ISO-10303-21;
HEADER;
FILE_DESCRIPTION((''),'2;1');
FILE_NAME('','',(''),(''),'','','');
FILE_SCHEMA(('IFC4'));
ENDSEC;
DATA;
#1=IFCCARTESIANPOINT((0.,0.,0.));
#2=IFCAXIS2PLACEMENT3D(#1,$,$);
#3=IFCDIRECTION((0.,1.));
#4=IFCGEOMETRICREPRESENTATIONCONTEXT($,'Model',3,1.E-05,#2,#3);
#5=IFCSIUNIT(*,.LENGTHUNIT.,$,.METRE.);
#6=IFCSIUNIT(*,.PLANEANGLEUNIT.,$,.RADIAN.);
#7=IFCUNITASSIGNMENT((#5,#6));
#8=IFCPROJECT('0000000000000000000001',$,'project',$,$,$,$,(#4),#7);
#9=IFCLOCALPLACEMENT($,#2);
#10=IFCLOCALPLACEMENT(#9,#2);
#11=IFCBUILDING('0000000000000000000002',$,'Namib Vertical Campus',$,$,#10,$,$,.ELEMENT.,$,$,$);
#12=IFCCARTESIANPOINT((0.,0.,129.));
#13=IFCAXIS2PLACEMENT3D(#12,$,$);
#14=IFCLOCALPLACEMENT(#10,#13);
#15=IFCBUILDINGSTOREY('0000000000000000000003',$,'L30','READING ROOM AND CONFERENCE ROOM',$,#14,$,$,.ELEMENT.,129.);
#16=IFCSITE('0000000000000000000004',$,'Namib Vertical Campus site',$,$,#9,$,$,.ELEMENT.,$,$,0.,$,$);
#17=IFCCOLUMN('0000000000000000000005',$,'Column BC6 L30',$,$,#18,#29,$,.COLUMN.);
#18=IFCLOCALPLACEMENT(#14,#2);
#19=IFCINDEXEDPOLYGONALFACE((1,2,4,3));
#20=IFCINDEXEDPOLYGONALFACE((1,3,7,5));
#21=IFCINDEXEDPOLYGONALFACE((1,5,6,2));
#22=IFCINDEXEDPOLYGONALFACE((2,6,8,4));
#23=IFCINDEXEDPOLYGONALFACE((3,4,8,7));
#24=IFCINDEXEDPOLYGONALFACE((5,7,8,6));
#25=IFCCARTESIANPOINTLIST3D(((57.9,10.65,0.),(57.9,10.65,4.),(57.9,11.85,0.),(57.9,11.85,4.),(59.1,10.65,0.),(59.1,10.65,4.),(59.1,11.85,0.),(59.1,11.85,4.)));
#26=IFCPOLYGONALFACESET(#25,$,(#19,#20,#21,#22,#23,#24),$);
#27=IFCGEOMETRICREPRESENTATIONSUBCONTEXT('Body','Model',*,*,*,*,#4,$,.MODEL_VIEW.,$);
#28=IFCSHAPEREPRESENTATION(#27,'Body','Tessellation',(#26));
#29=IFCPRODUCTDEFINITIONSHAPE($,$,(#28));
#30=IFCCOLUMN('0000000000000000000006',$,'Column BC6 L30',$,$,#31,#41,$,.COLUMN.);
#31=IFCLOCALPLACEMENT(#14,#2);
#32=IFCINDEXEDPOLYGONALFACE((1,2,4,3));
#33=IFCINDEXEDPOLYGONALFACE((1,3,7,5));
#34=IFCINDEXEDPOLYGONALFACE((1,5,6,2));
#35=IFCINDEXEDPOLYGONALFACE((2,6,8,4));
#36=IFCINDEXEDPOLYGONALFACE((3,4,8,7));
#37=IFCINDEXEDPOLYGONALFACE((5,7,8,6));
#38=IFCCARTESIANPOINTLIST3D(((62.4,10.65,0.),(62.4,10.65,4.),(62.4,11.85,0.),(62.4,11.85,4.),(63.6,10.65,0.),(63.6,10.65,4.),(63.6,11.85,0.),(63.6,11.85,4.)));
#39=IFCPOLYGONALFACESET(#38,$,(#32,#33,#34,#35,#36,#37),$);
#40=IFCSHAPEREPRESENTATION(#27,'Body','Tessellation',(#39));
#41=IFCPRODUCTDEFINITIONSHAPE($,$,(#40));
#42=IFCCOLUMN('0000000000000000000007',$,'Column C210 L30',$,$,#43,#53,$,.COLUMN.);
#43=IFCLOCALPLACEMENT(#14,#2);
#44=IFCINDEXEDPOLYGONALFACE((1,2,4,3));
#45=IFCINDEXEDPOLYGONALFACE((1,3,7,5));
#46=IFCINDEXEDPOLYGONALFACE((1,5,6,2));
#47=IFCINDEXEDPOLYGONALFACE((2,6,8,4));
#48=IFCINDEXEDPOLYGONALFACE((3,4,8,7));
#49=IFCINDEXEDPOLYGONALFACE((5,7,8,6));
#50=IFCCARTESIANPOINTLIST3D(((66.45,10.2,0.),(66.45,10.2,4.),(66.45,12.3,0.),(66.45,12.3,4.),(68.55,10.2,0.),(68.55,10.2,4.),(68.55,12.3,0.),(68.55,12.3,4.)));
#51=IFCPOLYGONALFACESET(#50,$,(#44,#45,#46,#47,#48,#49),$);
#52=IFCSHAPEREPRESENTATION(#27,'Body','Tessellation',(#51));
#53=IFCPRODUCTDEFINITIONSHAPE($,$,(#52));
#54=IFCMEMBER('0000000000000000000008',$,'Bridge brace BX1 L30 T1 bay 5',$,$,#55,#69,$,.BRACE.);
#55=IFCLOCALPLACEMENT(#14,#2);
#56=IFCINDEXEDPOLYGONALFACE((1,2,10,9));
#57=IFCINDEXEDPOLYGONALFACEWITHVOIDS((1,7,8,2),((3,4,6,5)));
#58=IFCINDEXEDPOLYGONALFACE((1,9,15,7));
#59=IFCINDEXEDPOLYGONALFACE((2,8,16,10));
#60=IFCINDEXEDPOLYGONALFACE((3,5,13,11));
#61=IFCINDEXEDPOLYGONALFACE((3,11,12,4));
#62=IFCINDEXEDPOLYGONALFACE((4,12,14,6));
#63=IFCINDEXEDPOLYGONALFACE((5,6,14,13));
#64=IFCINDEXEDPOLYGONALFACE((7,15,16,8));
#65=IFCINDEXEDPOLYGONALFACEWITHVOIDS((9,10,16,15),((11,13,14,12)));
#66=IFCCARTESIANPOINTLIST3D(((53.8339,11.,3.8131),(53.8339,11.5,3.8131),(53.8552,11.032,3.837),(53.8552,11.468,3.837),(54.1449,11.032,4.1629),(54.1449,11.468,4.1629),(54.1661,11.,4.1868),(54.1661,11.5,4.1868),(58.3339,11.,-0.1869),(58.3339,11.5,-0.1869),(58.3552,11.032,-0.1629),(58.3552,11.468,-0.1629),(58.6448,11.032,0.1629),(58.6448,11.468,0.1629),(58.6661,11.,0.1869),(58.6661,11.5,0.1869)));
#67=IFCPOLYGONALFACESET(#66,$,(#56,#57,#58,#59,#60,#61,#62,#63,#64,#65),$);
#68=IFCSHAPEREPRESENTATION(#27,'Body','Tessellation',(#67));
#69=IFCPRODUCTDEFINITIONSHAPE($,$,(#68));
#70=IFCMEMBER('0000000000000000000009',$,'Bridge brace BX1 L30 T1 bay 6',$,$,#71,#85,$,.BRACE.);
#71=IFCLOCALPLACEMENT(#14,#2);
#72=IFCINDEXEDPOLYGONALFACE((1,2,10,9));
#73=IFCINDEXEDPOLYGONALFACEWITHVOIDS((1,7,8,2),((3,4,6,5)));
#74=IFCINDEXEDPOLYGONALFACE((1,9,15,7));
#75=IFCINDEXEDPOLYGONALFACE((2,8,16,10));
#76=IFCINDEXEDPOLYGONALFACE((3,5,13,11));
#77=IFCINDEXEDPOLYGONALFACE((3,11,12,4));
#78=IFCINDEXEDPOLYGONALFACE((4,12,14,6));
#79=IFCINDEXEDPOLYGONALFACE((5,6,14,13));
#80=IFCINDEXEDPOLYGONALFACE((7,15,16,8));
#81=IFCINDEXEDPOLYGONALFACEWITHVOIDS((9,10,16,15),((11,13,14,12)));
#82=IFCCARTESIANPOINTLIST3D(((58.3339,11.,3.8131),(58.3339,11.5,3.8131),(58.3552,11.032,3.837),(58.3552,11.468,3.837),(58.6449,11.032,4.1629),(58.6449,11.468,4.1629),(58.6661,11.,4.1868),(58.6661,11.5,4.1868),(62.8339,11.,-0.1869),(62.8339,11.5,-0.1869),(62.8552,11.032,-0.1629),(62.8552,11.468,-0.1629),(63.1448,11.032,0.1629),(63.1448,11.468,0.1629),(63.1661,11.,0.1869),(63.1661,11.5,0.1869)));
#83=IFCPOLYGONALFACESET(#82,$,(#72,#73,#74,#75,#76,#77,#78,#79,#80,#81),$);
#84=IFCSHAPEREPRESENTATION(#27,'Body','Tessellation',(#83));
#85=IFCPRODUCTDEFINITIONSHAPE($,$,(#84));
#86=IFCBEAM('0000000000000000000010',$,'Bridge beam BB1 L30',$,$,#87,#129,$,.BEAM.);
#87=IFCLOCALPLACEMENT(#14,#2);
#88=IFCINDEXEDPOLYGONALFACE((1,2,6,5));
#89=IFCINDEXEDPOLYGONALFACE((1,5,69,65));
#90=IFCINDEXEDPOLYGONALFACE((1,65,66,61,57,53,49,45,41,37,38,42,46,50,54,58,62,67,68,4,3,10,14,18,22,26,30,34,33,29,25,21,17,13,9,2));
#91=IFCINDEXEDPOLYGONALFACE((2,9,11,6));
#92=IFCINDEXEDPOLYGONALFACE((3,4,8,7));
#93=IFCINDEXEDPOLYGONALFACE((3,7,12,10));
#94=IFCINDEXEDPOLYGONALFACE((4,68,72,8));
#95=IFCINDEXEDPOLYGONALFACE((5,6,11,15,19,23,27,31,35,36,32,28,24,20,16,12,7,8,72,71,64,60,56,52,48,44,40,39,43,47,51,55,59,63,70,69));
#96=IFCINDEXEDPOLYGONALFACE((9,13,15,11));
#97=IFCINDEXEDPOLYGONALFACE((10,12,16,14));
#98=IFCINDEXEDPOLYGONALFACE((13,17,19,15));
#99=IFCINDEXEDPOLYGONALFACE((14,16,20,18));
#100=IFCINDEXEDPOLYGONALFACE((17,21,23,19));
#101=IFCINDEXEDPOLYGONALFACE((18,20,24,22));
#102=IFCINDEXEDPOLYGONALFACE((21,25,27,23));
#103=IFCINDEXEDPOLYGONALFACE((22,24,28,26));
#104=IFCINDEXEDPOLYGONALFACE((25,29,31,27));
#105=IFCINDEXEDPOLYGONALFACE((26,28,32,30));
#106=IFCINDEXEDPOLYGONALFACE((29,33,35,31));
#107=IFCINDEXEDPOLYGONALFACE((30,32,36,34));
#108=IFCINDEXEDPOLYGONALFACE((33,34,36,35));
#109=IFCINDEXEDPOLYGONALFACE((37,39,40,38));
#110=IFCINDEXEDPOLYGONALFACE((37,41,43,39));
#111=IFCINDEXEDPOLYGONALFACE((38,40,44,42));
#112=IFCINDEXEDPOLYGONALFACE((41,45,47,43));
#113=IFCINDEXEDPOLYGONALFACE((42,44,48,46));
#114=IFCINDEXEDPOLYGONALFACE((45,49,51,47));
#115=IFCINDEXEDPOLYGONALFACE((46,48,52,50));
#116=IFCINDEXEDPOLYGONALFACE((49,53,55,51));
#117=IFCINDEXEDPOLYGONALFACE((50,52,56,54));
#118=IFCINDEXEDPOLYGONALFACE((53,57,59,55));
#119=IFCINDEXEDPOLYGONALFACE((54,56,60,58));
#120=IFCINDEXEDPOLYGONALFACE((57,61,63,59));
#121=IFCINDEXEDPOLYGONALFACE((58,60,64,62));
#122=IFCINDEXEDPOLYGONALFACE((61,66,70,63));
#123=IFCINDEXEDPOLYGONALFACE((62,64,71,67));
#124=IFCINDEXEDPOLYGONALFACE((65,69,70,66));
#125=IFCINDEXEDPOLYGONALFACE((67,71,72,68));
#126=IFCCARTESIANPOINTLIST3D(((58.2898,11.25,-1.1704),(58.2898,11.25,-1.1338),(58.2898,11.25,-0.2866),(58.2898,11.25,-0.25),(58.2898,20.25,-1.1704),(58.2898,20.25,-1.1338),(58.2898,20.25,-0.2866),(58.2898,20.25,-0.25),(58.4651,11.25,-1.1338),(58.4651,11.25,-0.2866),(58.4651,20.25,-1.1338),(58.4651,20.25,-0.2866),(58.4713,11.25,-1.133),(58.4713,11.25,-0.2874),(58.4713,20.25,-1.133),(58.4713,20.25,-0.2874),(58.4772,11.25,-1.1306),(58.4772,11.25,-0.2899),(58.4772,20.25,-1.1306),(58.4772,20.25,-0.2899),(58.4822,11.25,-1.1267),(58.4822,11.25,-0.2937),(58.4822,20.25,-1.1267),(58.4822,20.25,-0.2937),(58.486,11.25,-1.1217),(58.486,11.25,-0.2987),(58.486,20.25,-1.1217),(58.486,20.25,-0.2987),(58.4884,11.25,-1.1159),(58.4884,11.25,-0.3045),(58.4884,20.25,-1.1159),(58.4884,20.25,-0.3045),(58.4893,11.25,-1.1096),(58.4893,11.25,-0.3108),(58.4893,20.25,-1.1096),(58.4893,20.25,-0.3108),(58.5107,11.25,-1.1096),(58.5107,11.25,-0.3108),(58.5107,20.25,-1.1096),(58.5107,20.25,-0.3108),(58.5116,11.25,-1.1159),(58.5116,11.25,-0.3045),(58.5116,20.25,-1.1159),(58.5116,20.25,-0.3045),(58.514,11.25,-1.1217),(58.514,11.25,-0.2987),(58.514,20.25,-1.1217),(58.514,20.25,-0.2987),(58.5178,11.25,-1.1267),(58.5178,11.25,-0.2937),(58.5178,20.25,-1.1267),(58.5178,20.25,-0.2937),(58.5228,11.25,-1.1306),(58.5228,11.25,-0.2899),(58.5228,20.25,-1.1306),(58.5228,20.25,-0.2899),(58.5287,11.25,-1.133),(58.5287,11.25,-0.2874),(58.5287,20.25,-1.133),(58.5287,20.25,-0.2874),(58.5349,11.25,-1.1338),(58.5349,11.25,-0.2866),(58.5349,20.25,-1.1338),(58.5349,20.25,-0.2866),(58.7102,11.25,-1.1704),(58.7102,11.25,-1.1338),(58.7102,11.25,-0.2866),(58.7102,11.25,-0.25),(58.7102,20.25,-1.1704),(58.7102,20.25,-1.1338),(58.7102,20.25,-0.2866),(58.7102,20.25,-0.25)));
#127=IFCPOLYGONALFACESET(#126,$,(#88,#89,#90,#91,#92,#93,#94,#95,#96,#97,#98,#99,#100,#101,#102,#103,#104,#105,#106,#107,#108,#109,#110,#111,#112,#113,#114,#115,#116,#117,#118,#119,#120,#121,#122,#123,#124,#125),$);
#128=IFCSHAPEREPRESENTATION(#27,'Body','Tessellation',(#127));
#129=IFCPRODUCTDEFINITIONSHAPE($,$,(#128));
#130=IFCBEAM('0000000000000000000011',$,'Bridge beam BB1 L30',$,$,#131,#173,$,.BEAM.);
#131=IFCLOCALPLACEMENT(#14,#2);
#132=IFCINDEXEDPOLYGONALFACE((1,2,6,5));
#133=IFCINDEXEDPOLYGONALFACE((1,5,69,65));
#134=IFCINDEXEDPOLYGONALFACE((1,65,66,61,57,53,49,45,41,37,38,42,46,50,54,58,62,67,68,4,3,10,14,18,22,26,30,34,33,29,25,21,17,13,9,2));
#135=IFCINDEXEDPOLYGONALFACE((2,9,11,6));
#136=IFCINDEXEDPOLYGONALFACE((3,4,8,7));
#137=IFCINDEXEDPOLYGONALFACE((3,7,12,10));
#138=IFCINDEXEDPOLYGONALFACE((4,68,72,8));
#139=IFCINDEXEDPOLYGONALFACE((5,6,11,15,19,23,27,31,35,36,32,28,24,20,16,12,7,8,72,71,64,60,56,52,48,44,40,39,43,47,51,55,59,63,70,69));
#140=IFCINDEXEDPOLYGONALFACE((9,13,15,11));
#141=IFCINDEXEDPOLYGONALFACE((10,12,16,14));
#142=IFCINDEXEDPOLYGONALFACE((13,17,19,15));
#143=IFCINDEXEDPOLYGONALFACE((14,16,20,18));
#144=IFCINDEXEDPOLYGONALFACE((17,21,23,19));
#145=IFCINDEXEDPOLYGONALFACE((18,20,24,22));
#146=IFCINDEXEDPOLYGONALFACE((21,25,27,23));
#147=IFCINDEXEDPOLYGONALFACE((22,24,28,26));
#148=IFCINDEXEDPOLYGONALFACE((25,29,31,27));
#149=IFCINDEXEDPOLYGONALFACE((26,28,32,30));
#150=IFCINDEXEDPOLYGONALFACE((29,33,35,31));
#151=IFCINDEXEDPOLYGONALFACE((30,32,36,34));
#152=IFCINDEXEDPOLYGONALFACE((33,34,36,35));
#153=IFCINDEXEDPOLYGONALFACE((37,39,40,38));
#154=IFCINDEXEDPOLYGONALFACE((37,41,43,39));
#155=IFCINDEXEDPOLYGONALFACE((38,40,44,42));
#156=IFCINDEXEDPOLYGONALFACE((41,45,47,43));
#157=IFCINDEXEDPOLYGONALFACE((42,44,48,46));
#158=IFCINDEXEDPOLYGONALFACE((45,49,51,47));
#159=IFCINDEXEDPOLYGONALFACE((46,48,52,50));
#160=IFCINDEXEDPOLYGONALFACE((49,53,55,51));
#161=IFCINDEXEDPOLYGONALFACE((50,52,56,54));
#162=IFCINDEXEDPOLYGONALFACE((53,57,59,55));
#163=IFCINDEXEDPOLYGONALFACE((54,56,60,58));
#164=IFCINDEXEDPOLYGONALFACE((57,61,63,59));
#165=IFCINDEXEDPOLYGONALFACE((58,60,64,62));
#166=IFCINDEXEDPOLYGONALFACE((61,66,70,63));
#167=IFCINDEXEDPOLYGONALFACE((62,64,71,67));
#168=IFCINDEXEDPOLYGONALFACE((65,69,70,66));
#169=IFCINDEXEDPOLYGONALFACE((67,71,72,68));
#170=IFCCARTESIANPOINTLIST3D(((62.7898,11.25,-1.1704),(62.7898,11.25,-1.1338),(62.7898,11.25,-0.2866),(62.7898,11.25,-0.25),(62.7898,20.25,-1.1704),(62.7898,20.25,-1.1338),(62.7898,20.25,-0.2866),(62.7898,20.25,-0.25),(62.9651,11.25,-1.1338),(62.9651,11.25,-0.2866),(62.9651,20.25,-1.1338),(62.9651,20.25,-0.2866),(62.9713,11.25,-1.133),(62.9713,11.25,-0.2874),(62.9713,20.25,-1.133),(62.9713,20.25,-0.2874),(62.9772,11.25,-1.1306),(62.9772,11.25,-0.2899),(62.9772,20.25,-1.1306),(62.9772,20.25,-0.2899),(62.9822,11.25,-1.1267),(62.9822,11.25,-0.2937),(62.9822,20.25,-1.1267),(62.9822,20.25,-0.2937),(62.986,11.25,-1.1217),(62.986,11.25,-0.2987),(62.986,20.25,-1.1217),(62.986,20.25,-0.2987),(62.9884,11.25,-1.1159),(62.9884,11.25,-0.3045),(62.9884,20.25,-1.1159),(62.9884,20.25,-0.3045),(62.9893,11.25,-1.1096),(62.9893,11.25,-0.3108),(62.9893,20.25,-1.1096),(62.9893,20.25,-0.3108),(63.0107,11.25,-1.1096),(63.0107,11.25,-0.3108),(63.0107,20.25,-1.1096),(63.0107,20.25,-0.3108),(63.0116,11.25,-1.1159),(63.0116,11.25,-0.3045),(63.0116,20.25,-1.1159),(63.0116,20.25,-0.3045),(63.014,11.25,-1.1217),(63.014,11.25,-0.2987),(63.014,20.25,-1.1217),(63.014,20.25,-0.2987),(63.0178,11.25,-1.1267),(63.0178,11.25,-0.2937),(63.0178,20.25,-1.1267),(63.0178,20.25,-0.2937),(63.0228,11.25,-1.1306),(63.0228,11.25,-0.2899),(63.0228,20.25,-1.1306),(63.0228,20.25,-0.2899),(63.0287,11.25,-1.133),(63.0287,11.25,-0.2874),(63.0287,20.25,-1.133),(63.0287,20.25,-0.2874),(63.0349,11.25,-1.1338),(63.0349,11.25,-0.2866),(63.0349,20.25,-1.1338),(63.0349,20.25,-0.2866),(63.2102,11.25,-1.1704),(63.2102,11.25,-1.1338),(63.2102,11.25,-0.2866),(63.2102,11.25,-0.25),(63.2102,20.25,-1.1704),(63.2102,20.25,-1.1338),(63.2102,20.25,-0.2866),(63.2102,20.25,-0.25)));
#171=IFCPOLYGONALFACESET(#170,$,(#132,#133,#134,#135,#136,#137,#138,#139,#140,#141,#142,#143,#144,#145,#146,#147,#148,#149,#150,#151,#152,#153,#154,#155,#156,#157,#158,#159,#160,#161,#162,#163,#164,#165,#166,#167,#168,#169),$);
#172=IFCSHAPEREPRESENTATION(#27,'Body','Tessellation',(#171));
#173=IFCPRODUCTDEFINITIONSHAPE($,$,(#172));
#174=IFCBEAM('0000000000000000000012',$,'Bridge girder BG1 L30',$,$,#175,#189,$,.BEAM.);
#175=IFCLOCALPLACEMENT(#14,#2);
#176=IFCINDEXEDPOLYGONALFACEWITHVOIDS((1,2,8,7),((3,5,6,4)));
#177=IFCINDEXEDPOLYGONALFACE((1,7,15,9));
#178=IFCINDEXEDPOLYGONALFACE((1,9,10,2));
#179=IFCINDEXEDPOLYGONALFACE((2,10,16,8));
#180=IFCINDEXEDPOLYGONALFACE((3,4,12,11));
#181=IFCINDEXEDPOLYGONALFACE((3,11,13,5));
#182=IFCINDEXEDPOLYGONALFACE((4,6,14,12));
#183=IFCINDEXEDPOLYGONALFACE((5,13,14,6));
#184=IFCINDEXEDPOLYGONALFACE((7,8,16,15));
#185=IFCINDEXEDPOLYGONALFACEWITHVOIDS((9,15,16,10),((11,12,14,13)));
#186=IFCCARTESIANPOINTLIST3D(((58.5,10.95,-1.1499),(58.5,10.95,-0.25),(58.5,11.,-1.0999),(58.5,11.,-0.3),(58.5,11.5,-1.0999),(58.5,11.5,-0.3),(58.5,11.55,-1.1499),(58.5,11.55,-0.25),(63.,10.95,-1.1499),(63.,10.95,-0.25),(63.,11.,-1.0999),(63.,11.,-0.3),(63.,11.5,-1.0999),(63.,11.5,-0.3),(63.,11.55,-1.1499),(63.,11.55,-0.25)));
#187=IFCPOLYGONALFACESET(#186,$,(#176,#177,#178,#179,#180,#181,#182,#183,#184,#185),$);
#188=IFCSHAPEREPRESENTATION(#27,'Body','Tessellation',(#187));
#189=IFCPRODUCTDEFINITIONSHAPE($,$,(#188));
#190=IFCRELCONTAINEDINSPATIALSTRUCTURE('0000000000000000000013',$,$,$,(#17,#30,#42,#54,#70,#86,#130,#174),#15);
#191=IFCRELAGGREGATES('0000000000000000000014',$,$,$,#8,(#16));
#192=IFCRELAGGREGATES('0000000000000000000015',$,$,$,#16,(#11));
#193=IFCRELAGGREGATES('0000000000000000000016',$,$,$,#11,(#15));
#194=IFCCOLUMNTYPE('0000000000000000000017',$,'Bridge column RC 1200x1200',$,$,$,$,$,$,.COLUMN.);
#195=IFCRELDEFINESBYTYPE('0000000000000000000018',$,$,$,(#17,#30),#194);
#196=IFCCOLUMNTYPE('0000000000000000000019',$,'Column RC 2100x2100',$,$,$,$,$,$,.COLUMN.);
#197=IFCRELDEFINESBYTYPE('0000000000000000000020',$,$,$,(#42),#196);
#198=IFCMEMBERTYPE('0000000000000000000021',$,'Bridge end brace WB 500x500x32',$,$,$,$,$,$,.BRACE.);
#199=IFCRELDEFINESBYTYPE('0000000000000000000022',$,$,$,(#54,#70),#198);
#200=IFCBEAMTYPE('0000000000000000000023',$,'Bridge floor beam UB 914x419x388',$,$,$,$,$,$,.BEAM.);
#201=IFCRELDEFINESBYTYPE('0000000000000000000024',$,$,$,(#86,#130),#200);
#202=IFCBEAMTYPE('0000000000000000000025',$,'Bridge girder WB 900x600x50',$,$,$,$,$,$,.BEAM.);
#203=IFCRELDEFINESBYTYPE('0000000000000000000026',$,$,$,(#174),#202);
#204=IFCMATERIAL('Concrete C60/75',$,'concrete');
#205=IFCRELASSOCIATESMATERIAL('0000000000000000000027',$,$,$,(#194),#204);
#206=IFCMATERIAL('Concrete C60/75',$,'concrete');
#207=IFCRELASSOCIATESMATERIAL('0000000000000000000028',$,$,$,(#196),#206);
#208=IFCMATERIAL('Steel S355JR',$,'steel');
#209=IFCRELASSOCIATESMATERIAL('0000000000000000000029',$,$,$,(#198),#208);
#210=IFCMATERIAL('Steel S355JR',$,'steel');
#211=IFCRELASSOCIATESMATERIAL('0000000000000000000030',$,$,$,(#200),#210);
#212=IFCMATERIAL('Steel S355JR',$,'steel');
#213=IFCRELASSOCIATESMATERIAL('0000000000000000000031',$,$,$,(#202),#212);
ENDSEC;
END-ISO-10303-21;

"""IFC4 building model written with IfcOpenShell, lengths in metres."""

from ifc_helpers import new_model, si_unit, direction, frame, origin, origin_2d, place, context, subcontext, project, spatial, rectangle, hollow_rectangle, i_section, extrude, material, material_profile, profile_set, type_object, element, save


model = new_model("IFC4")

# Units and contexts
model_context = context("Model", 3, precision=1e-05, world=origin(), true_north=direction((0.0, 1.0)))
body_context = subcontext(model_context, "Body", "Model", "MODEL_VIEW")
ifc_project = project(units=[si_unit("LENGTHUNIT", "METRE"), si_unit("PLANEANGLEUNIT", "RADIAN")], contexts=[model_context])

# Site, building, storey
site_placement = place(None, origin())
site = spatial("IfcSite", under=ifc_project, at=site_placement, Name="Namib Vertical Campus site", CompositionType="ELEMENT", RefElevation=0.0)
building_placement = place(site_placement, origin())
building = spatial("IfcBuilding", under=site, at=building_placement, Name="Namib Vertical Campus", CompositionType="ELEMENT")
storey_placement = place(building_placement, frame((0.0, 0.0, 129.0)))
storey = spatial("IfcBuildingStorey", under=building, at=storey_placement, Name="L30", Description="READING ROOM AND CONFERENCE ROOM", CompositionType="ELEMENT", Elevation=129.0)

# Columns
ifc_material_1 = material(Name="Concrete C60/75", Category="concrete")
ifc_material_profile_1 = material_profile(ifc_material_1, rectangle(XDim=1.2, YDim=1.2, at=origin_2d()))
ifc_profile_set_1 = profile_set([ifc_material_profile_1], Name="Concrete C60/75")
column_type_1 = type_object("IfcColumnType", Name="Bridge column RC 1200x1200", PredefinedType="COLUMN", material=ifc_profile_set_1)
for number, where, z_axis, x_axis, name in (
    (1, (58.5, 11.25, 0.0), (0.0, 0.0, 1.0), (1.0, 0.0, 0.0), "Column BC6 L30"),
    (2, (63.0, 11.25, 0.0), (0.0, 0.0, 1.0), (1.0, 0.0, 0.0), "Column BC6 L30"),
):
    element("IfcColumn", number, at=place(storey_placement, frame(where, z_axis=z_axis, x_axis=x_axis)), inside=storey, type_object=column_type_1, Name=name, PredefinedType="COLUMN", context=body_context, shape_type="SweptSolid", body=[
        extrude(rectangle(XDim=1.2, YDim=1.2, at=origin_2d()), origin(), (0.0, 0.0, 1.0), 4.0),
    ])
ifc_material_2 = material(Name="Concrete C60/75", Category="concrete")
ifc_material_profile_2 = material_profile(ifc_material_2, rectangle(XDim=2.1001, YDim=2.1001, at=origin_2d()))
ifc_profile_set_2 = profile_set([ifc_material_profile_2], Name="Concrete C60/75")
column_type_2 = type_object("IfcColumnType", Name="Column RC 2100x2100", PredefinedType="COLUMN", material=ifc_profile_set_2)
column_placement = place(storey_placement, frame((67.5, 11.25, 0.0), z_axis=(0.0, 0.0, 1.0), x_axis=(1.0, 0.0, 0.0)))
element("IfcColumn", 3, at=column_placement, inside=storey, type_object=column_type_2, Name="Column C210 L30", PredefinedType="COLUMN", context=body_context, shape_type="SweptSolid", body=[
    extrude(rectangle(XDim=2.1001, YDim=2.1001, at=origin_2d()), origin(), (0.0, 0.0, 1.0), 4.0),
])

# Members
ifc_material_3 = material(Name="Steel S355JR", Category="steel")
ifc_material_profile_3 = material_profile(ifc_material_3, hollow_rectangle(XDim=0.5, YDim=0.5, WallThickness=0.032, at=origin_2d()))
ifc_profile_set_3 = profile_set([ifc_material_profile_3], Name="Steel S355JR")
member_type_1 = type_object("IfcMemberType", Name="Bridge end brace WB 500x500x32", PredefinedType="BRACE", material=ifc_profile_set_3)
for number, where, z_axis, x_axis, name in (
    (4, (58.5, 11.25, 0.0), (-0.747409, 0.0, 0.664364), (0.0, -1.0, 0.0), "Bridge brace BX1 L30 T1 bay 5"),
    (5, (63.0, 11.25, 0.0), (-0.747409, 0.0, 0.664364), (0.0, -1.0, 0.0), "Bridge brace BX1 L30 T1 bay 6"),
):
    element("IfcMember", number, at=place(storey_placement, frame(where, z_axis=z_axis, x_axis=x_axis)), inside=storey, type_object=member_type_1, Name=name, PredefinedType="BRACE", context=body_context, shape_type="SweptSolid", body=[
        extrude(hollow_rectangle(XDim=0.5, YDim=0.5, WallThickness=0.032, at=origin_2d()), origin(), (0.0, 0.0, 1.0), 6.0208),
    ])

# Beams
ifc_material_4 = material(Name="Steel S355JR", Category="steel")
ifc_material_profile_4 = material_profile(ifc_material_4, i_section(OverallWidth=0.4204, OverallDepth=0.9204, WebThickness=0.0215, FlangeThickness=0.0366, FilletRadius=0.0242, at=origin_2d()))
ifc_profile_set_4 = profile_set([ifc_material_profile_4], Name="Steel S355JR")
beam_type_1 = type_object("IfcBeamType", Name="Bridge floor beam UB 914x419x388", PredefinedType="BEAM", material=ifc_profile_set_4)
for number, where, z_axis, x_axis, name in (
    (6, (58.5, 11.25, -0.7102), (0.0, 1.0, 0.0), (-1.0, 0.0, 0.0), "Bridge beam BB1 L30"),
    (7, (63.0, 11.25, -0.7102), (0.0, 1.0, 0.0), (-1.0, 0.0, 0.0), "Bridge beam BB1 L30"),
):
    element("IfcBeam", number, at=place(storey_placement, frame(where, z_axis=z_axis, x_axis=x_axis)), inside=storey, type_object=beam_type_1, Name=name, PredefinedType="BEAM", context=body_context, shape_type="SweptSolid", body=[
        extrude(i_section(OverallWidth=0.4204, OverallDepth=0.9204, WebThickness=0.0215, FlangeThickness=0.0366, FilletRadius=0.0242, at=origin_2d()), origin(), (0.0, 0.0, 1.0), 9.0),
    ])
ifc_material_5 = material(Name="Steel S355JR", Category="steel")
ifc_material_profile_5 = material_profile(ifc_material_5, hollow_rectangle(XDim=0.6001, YDim=0.8999, WallThickness=0.05, at=origin_2d()))
ifc_profile_set_5 = profile_set([ifc_material_profile_5], Name="Steel S355JR")
beam_type_2 = type_object("IfcBeamType", Name="Bridge girder WB 900x600x50", PredefinedType="BEAM", material=ifc_profile_set_5)
for number, where, z_axis, x_axis, name in (
    (8, (58.5, 11.25, -0.7), (1.0, 0.0, 0.0), (0.0, 1.0, 0.0), "Bridge girder BG1 L30"),
):
    element("IfcBeam", number, at=place(storey_placement, frame(where, z_axis=z_axis, x_axis=x_axis)), inside=storey, type_object=beam_type_2, Name=name, PredefinedType="BEAM", context=body_context, shape_type="SweptSolid", body=[
        extrude(hollow_rectangle(XDim=0.6001, YDim=0.8999, WallThickness=0.05, at=origin_2d()), origin(), (0.0, 0.0, 1.0), 4.5),
    ])

save(model, "model.ifc")
